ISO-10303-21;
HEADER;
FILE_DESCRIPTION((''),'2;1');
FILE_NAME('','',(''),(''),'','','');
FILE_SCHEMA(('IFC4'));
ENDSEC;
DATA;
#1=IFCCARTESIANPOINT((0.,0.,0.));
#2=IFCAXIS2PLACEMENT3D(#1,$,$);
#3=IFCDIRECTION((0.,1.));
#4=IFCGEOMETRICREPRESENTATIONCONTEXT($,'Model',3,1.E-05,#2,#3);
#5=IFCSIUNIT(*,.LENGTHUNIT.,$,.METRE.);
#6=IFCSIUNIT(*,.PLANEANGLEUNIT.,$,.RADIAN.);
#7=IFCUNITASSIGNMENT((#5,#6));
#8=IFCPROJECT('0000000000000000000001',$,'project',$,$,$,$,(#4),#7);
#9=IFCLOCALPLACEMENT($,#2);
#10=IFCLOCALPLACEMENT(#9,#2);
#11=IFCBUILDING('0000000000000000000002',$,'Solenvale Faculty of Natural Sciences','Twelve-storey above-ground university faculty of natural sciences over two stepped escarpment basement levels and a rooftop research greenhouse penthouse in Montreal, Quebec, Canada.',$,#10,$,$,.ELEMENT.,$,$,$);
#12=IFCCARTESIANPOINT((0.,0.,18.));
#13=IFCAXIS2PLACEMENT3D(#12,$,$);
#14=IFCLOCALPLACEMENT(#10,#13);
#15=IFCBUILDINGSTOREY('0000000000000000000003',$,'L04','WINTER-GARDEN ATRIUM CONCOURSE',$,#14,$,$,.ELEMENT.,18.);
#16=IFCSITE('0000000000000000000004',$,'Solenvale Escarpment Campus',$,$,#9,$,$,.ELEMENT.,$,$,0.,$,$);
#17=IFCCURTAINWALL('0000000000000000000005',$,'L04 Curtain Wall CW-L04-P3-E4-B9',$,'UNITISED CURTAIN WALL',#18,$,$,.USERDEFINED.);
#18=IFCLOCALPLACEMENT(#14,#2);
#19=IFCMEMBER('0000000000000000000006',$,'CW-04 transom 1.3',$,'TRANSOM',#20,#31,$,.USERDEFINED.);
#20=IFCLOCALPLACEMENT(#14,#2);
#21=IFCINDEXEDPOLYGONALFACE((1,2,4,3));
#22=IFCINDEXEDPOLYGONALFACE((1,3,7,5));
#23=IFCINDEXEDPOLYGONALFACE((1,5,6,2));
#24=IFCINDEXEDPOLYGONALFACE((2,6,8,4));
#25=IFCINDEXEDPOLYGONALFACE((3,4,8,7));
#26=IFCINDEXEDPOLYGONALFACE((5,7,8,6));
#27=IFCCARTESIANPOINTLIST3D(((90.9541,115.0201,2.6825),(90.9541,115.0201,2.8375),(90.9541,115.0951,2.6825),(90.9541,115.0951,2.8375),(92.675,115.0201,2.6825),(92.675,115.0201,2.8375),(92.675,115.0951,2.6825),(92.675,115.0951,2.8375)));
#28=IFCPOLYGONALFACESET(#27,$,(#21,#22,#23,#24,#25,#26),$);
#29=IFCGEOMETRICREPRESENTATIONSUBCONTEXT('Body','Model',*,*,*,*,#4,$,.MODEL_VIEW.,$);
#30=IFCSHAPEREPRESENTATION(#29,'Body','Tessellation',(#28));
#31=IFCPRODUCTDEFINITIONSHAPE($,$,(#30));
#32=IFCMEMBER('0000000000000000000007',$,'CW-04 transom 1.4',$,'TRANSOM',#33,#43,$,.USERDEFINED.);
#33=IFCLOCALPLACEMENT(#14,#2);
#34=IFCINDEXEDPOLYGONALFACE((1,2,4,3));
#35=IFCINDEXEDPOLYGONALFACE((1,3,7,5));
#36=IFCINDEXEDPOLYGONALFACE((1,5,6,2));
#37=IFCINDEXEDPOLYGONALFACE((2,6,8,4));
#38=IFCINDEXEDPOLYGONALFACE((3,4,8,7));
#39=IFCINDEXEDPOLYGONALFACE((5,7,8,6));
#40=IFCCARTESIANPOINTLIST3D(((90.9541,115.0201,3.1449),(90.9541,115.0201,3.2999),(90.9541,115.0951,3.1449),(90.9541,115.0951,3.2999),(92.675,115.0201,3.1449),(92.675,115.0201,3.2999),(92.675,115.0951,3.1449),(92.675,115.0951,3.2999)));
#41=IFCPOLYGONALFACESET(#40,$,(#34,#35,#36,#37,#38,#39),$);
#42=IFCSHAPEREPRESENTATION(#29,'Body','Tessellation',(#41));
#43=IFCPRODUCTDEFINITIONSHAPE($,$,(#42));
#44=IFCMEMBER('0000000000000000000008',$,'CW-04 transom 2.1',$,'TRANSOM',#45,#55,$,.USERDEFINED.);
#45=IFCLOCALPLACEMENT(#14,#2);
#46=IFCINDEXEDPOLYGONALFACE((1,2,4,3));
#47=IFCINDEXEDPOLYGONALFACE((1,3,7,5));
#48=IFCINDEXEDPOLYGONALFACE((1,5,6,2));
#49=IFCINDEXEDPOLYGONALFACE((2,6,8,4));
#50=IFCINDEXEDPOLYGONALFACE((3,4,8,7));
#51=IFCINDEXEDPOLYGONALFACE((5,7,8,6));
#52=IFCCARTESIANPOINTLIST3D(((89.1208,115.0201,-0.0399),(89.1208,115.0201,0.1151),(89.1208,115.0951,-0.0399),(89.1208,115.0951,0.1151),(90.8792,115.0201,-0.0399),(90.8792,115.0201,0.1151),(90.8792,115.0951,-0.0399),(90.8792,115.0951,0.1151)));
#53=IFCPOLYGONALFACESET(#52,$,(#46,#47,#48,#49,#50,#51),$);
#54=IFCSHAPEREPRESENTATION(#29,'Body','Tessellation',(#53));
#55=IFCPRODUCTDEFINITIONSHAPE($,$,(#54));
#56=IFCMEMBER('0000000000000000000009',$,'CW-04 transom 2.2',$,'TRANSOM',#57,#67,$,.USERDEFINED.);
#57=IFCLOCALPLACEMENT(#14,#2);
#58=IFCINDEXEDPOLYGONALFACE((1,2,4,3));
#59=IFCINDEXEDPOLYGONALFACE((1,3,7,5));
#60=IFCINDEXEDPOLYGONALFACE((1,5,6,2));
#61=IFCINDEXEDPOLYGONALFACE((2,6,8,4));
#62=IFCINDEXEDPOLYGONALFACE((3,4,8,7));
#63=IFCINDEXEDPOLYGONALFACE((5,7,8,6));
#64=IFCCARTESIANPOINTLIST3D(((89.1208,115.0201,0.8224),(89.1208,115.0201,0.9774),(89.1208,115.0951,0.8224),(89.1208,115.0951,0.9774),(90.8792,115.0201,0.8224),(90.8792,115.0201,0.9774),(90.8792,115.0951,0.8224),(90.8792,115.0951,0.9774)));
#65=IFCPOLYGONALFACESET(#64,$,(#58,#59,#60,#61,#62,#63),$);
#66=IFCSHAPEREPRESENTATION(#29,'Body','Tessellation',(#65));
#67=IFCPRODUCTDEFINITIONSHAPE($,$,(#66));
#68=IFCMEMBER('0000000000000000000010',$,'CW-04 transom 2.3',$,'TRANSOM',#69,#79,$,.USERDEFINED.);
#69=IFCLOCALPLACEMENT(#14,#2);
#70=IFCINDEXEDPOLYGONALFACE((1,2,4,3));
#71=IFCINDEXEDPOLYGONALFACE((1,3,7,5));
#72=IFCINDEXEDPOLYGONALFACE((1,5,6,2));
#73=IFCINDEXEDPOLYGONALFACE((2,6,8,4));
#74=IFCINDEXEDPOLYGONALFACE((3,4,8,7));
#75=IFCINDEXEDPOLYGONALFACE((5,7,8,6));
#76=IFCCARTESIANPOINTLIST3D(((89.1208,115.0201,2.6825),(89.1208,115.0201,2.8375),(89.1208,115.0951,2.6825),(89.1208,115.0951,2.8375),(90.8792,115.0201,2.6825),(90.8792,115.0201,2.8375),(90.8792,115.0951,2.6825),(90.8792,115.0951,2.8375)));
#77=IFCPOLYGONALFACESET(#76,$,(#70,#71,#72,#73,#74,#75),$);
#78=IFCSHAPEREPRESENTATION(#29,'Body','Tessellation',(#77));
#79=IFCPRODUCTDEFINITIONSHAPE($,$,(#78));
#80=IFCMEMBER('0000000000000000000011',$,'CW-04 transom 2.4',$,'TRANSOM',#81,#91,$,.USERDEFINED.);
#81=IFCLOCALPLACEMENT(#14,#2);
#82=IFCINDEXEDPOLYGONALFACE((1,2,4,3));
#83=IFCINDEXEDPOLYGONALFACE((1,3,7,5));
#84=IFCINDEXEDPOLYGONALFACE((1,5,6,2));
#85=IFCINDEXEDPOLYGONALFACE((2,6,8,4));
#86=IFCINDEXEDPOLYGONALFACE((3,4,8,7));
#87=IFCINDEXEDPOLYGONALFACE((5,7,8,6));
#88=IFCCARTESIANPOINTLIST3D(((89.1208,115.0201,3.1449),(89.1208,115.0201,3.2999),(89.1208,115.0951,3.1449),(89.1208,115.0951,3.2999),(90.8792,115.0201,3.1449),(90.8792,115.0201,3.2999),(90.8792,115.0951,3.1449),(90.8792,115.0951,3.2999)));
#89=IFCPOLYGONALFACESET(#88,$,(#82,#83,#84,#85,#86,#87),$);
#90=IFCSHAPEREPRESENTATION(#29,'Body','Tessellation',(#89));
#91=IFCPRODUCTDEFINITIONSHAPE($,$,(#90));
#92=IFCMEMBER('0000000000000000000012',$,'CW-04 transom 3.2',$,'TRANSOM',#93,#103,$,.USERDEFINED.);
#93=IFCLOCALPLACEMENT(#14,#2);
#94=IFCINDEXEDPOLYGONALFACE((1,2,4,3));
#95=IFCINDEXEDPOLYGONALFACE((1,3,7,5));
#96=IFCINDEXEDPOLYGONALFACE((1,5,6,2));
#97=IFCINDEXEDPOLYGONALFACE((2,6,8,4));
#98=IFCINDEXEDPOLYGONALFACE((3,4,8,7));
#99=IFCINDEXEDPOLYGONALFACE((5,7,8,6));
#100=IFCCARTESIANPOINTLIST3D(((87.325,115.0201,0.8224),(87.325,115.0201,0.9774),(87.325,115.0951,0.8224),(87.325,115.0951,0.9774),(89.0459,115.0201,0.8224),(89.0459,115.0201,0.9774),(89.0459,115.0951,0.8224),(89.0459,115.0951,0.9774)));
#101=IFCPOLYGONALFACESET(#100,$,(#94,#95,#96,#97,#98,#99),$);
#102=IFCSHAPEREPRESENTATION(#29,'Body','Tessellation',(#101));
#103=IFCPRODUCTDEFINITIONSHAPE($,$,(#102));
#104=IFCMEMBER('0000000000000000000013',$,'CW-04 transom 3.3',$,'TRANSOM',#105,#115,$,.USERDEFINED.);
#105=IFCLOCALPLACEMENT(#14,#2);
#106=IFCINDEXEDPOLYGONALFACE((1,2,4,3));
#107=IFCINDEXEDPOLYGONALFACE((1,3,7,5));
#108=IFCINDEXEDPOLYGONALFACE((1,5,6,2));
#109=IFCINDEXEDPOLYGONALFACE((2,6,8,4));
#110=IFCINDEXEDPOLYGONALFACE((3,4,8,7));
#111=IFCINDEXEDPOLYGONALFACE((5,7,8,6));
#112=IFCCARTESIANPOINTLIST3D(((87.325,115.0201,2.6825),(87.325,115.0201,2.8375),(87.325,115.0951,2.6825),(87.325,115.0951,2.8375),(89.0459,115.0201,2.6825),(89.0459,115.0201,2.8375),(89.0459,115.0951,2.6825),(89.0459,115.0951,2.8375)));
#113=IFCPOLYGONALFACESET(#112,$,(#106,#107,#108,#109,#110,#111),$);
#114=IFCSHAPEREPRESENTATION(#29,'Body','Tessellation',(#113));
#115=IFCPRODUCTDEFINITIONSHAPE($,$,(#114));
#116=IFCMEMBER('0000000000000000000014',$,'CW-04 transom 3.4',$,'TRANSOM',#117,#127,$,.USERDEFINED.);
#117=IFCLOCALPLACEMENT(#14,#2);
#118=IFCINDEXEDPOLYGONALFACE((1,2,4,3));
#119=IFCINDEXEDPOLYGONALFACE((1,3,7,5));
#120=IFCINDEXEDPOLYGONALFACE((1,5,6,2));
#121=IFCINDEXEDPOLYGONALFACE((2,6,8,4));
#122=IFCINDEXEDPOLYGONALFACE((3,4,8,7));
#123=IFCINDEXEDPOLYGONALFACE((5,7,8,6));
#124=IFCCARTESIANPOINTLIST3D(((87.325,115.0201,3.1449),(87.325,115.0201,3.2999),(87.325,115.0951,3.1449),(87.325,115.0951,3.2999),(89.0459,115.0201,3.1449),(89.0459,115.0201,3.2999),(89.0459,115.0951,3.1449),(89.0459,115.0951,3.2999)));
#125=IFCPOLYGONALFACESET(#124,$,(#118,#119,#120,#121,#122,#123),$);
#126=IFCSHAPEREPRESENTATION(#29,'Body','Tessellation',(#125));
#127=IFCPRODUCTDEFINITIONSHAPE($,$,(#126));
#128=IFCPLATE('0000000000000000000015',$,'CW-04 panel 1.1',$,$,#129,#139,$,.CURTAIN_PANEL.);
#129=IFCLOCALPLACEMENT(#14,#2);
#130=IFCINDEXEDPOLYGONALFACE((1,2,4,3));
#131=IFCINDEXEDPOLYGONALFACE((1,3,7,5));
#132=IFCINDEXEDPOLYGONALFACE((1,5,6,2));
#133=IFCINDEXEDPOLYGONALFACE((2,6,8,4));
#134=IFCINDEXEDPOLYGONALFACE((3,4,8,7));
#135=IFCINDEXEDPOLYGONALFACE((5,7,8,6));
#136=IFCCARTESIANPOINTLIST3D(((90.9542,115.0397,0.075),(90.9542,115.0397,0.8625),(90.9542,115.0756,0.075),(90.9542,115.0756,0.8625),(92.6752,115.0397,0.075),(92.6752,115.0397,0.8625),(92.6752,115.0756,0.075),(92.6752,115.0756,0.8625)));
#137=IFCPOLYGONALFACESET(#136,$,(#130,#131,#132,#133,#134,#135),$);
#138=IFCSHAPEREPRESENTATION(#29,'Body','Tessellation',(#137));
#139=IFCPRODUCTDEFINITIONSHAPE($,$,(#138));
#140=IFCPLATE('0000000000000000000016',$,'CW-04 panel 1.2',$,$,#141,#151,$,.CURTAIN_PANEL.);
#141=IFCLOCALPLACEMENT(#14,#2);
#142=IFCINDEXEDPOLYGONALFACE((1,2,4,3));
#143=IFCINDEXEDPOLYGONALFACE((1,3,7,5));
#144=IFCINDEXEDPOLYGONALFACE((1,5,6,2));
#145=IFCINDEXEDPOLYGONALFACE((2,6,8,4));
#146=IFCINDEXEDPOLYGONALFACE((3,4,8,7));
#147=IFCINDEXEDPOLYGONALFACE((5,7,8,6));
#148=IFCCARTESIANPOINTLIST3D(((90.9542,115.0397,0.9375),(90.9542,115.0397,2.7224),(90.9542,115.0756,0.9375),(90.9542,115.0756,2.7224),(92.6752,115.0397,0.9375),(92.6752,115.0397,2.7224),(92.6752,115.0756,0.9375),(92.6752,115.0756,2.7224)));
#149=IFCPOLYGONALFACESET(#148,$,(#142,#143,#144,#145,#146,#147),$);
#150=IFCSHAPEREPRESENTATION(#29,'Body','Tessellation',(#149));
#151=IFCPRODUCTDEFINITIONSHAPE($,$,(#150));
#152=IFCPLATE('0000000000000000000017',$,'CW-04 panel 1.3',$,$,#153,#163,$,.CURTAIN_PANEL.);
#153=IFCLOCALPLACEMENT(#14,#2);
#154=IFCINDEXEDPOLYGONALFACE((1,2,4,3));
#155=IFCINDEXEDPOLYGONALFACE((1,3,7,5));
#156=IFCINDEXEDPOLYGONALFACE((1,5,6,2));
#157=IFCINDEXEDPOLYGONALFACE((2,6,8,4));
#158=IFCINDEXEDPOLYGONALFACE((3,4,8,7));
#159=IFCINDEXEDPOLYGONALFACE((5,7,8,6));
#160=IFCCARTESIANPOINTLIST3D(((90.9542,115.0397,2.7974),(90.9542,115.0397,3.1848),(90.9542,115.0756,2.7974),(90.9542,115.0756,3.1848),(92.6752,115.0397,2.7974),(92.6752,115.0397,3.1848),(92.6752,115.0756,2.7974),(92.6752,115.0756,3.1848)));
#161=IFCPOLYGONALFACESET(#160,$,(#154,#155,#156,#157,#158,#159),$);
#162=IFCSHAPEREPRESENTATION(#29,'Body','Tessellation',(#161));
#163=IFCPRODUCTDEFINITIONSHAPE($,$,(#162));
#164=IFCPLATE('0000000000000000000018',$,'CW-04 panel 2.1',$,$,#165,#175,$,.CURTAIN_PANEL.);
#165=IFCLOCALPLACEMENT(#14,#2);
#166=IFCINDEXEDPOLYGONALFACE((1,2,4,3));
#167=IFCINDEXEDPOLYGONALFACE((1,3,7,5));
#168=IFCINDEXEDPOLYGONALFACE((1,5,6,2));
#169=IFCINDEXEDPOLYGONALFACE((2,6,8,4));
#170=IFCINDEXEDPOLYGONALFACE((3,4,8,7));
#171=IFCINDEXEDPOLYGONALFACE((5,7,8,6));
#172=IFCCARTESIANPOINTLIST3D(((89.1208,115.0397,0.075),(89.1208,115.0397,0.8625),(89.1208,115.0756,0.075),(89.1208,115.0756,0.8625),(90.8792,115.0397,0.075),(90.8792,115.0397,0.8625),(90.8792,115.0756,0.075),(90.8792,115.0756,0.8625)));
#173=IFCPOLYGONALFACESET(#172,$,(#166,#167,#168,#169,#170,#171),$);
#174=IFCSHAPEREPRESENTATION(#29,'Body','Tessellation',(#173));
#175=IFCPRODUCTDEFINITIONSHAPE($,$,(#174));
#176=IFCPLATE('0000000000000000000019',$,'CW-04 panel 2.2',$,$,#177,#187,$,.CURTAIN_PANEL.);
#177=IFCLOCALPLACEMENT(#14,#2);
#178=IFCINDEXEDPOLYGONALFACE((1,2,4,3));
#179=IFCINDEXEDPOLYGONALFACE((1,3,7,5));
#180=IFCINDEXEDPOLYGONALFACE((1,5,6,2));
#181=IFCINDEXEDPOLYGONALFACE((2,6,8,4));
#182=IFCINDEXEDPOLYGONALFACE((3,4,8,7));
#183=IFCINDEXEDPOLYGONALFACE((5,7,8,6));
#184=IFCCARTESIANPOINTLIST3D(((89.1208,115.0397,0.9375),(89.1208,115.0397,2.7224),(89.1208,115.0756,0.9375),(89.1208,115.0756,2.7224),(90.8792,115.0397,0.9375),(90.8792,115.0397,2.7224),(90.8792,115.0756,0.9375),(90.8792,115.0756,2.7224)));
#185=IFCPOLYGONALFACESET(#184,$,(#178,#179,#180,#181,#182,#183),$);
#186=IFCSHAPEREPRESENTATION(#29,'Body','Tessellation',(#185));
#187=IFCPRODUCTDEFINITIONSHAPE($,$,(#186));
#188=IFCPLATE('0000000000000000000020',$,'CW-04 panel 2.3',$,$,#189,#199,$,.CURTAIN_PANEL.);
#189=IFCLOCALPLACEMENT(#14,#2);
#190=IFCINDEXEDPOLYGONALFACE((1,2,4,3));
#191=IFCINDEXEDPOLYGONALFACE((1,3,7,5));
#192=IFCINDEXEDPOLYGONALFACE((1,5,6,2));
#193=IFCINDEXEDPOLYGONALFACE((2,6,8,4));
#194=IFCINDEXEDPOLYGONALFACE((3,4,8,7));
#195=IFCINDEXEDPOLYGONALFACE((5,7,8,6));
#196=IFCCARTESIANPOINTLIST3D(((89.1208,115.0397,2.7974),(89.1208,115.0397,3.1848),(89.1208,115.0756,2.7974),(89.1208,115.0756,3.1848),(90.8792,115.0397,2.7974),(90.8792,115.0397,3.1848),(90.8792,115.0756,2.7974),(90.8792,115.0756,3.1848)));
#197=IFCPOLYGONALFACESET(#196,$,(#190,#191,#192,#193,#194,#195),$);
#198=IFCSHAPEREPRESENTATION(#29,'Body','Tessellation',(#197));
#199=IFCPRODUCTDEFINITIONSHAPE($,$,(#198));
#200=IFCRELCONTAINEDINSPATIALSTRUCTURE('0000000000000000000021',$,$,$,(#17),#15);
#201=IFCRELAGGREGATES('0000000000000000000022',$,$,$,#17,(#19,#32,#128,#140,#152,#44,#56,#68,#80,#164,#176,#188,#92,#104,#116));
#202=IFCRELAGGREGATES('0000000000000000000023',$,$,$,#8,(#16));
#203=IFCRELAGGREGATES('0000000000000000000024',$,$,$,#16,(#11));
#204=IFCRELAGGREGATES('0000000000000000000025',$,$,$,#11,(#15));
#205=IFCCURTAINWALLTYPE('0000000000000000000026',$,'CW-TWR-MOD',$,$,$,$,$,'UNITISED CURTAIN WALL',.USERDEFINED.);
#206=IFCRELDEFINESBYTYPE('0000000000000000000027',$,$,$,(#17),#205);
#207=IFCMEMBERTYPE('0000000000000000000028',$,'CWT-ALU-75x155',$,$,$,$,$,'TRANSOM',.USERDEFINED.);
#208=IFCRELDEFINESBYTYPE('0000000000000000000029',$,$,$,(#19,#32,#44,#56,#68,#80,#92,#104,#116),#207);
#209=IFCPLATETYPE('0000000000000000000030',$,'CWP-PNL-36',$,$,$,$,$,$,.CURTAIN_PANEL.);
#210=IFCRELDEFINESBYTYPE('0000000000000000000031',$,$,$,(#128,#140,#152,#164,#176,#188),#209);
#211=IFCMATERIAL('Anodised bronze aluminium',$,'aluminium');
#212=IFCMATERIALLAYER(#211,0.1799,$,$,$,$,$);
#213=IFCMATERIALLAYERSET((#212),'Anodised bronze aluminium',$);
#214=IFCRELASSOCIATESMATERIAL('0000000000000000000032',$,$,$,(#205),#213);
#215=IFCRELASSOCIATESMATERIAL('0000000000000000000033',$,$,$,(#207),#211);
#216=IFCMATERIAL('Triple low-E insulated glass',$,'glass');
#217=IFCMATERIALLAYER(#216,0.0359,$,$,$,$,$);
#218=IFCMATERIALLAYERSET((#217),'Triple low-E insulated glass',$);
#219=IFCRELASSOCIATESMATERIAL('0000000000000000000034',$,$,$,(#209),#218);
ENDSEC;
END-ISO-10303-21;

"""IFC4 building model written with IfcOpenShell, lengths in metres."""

from ifc_helpers import new_model, si_unit, direction, frame, origin, origin_2d, place, context, subcontext, project, spatial, rectangle, extrude, material, layer, layer_set, material_profile, profile_set, type_object, element, aggregate, save


model = new_model("IFC4")

# Units and contexts
model_context = context("Model", 3, precision=1e-05, world=origin(), true_north=direction((0.0, 1.0)))
body_context = subcontext(model_context, "Body", "Model", "MODEL_VIEW")
ifc_project = project(units=[si_unit("LENGTHUNIT", "METRE"), si_unit("PLANEANGLEUNIT", "RADIAN")], contexts=[model_context])

# Site, building, storey
site_placement = place(None, origin())
site = spatial("IfcSite", under=ifc_project, at=site_placement, Name="Solenvale Escarpment Campus", CompositionType="ELEMENT", RefElevation=0.0)
building_placement = place(site_placement, origin())
building = spatial("IfcBuilding", under=site, at=building_placement, Name="Solenvale Faculty of Natural Sciences", Description="Twelve-storey above-ground university faculty of natural sciences over two stepped escarpment basement levels and a rooftop research greenhouse penthouse in Montreal, Quebec, Canada.", CompositionType="ELEMENT")
storey_placement = place(building_placement, frame((0.0, 0.0, 18.0)))
storey = spatial("IfcBuildingStorey", under=building, at=storey_placement, Name="L04", Description="WINTER-GARDEN ATRIUM CONCOURSE", CompositionType="ELEMENT", Elevation=18.0)

# Curtain wall, members, plates
ifc_material_1 = material(Name="Anodised bronze aluminium", Category="aluminium")
ifc_layer_1 = layer(ifc_material_1, 0.1799)
ifc_layer_set_1 = layer_set([ifc_layer_1], Name="Anodised bronze aluminium")
curtain_wall_type = type_object("IfcCurtainWallType", Name="CW-TWR-MOD", ElementType="UNITISED CURTAIN WALL", PredefinedType="USERDEFINED", material=ifc_layer_set_1)
curtain_wall_placement = place(storey_placement, origin())
curtain_wall = element("IfcCurtainWall", 1, at=curtain_wall_placement, inside=storey, type_object=curtain_wall_type, Name="L04 Curtain Wall CW-L04-P3-E4-B9", ObjectType="UNITISED CURTAIN WALL", PredefinedType="USERDEFINED")
ifc_material_profile_1 = material_profile(ifc_material_1, rectangle(XDim=0.075, YDim=0.155, at=origin_2d()), Name="ALU-TRN-75x155")
ifc_profile_set_1 = profile_set([ifc_material_profile_1], Name="Anodised bronze aluminium")
member_type_1 = type_object("IfcMemberType", Name="CWT-ALU-75x155", ElementType="TRANSOM", PredefinedType="USERDEFINED", material=ifc_profile_set_1)
member_1_placement = place(storey_placement, frame((92.675, 115.0576, 2.76), z_axis=(-1.0, 0.0, 0.0), x_axis=(0.0, -1.0, 0.0)))
member_1 = element("IfcMember", 2, at=member_1_placement, type_object=member_type_1, Name="CW-04 transom 1.3", ObjectType="TRANSOM", PredefinedType="USERDEFINED", context=body_context, shape_type="SweptSolid", body=[
    extrude(rectangle(XDim=0.075, YDim=0.155, at=origin_2d()), origin(), (0.0, 0.0, 1.0), 1.7209),
])
member_2_placement = place(storey_placement, frame((92.675, 115.0576, 3.2224), z_axis=(-1.0, 0.0, 0.0), x_axis=(0.0, -1.0, 0.0)))
member_2 = element("IfcMember", 3, at=member_2_placement, type_object=member_type_1, Name="CW-04 transom 1.4", ObjectType="TRANSOM", PredefinedType="USERDEFINED", context=body_context, shape_type="SweptSolid", body=[
    extrude(rectangle(XDim=0.075, YDim=0.155, at=origin_2d()), origin(), (0.0, 0.0, 1.0), 1.7209),
])
member_3_placement = place(storey_placement, frame((90.8792, 115.0576, 0.0376), z_axis=(-1.0, 0.0, 0.0), x_axis=(0.0, -1.0, 0.0)))
member_3 = element("IfcMember", 4, at=member_3_placement, type_object=member_type_1, Name="CW-04 transom 2.1", ObjectType="TRANSOM", PredefinedType="USERDEFINED", context=body_context, shape_type="SweptSolid", body=[
    extrude(rectangle(XDim=0.075, YDim=0.155, at=origin_2d()), origin(), (0.0, 0.0, 1.0), 1.7583),
])
member_4_placement = place(storey_placement, frame((90.8792, 115.0576, 0.8999), z_axis=(-1.0, 0.0, 0.0), x_axis=(0.0, -1.0, 0.0)))
member_4 = element("IfcMember", 5, at=member_4_placement, type_object=member_type_1, Name="CW-04 transom 2.2", ObjectType="TRANSOM", PredefinedType="USERDEFINED", context=body_context, shape_type="SweptSolid", body=[
    extrude(rectangle(XDim=0.075, YDim=0.155, at=origin_2d()), origin(), (0.0, 0.0, 1.0), 1.7583),
])
member_5_placement = place(storey_placement, frame((90.8792, 115.0576, 2.76), z_axis=(-1.0, 0.0, 0.0), x_axis=(0.0, -1.0, 0.0)))
member_5 = element("IfcMember", 6, at=member_5_placement, type_object=member_type_1, Name="CW-04 transom 2.3", ObjectType="TRANSOM", PredefinedType="USERDEFINED", context=body_context, shape_type="SweptSolid", body=[
    extrude(rectangle(XDim=0.075, YDim=0.155, at=origin_2d()), origin(), (0.0, 0.0, 1.0), 1.7583),
])
member_6_placement = place(storey_placement, frame((90.8792, 115.0576, 3.2224), z_axis=(-1.0, 0.0, 0.0), x_axis=(0.0, -1.0, 0.0)))
member_6 = element("IfcMember", 7, at=member_6_placement, type_object=member_type_1, Name="CW-04 transom 2.4", ObjectType="TRANSOM", PredefinedType="USERDEFINED", context=body_context, shape_type="SweptSolid", body=[
    extrude(rectangle(XDim=0.075, YDim=0.155, at=origin_2d()), origin(), (0.0, 0.0, 1.0), 1.7583),
])
member_7_placement = place(storey_placement, frame((89.0459, 115.0576, 0.8999), z_axis=(-1.0, 0.0, 0.0), x_axis=(0.0, -1.0, 0.0)))
member_7 = element("IfcMember", 8, at=member_7_placement, type_object=member_type_1, Name="CW-04 transom 3.2", ObjectType="TRANSOM", PredefinedType="USERDEFINED", context=body_context, shape_type="SweptSolid", body=[
    extrude(rectangle(XDim=0.075, YDim=0.155, at=origin_2d()), origin(), (0.0, 0.0, 1.0), 1.7209),
])
member_8_placement = place(storey_placement, frame((89.0459, 115.0576, 2.76), z_axis=(-1.0, 0.0, 0.0), x_axis=(0.0, -1.0, 0.0)))
member_8 = element("IfcMember", 9, at=member_8_placement, type_object=member_type_1, Name="CW-04 transom 3.3", ObjectType="TRANSOM", PredefinedType="USERDEFINED", context=body_context, shape_type="SweptSolid", body=[
    extrude(rectangle(XDim=0.075, YDim=0.155, at=origin_2d()), origin(), (0.0, 0.0, 1.0), 1.7209),
])
member_9_placement = place(storey_placement, frame((89.0459, 115.0576, 3.2224), z_axis=(-1.0, 0.0, 0.0), x_axis=(0.0, -1.0, 0.0)))
member_9 = element("IfcMember", 10, at=member_9_placement, type_object=member_type_1, Name="CW-04 transom 3.4", ObjectType="TRANSOM", PredefinedType="USERDEFINED", context=body_context, shape_type="SweptSolid", body=[
    extrude(rectangle(XDim=0.075, YDim=0.155, at=origin_2d()), origin(), (0.0, 0.0, 1.0), 1.7209),
])
ifc_material_2 = material(Name="Triple low-E insulated glass", Category="glass")
ifc_layer_2 = layer(ifc_material_2, 0.0359)
ifc_layer_set_2 = layer_set([ifc_layer_2], Name="Triple low-E insulated glass")
plate_type = type_object("IfcPlateType", Name="CWP-PNL-36", PredefinedType="CURTAIN_PANEL", material=ifc_layer_set_2)
plate_1_placement = place(storey_placement, frame((91.8147, 115.0576, 0.075), z_axis=(0.0, 0.0, 1.0), x_axis=(-1.0, 0.0, 0.0)))
plate_1 = element("IfcPlate", 11, at=plate_1_placement, type_object=plate_type, Name="CW-04 panel 1.1", PredefinedType="CURTAIN_PANEL", context=body_context, shape_type="SweptSolid", body=[
    extrude(rectangle(XDim=1.7209, YDim=0.0359, at=origin_2d()), origin(), (0.0, 0.0, 1.0), 0.7876),
])
plate_2_placement = place(storey_placement, frame((91.8147, 115.0576, 0.9375), z_axis=(0.0, 0.0, 1.0), x_axis=(-1.0, 0.0, 0.0)))
plate_2 = element("IfcPlate", 12, at=plate_2_placement, type_object=plate_type, Name="CW-04 panel 1.2", PredefinedType="CURTAIN_PANEL", context=body_context, shape_type="SweptSolid", body=[
    extrude(rectangle(XDim=1.7209, YDim=0.0359, at=origin_2d()), origin(), (0.0, 0.0, 1.0), 1.7849),
])
plate_3_placement = place(storey_placement, frame((91.8147, 115.0576, 2.7974), z_axis=(0.0, 0.0, 1.0), x_axis=(-1.0, 0.0, 0.0)))
plate_3 = element("IfcPlate", 13, at=plate_3_placement, type_object=plate_type, Name="CW-04 panel 1.3", PredefinedType="CURTAIN_PANEL", context=body_context, shape_type="SweptSolid", body=[
    extrude(rectangle(XDim=1.7209, YDim=0.0359, at=origin_2d()), origin(), (0.0, 0.0, 1.0), 0.3875),
])
plate_4_placement = place(storey_placement, frame((90.0, 115.0576, 0.075), z_axis=(0.0, 0.0, 1.0), x_axis=(-1.0, 0.0, 0.0)))
plate_4 = element("IfcPlate", 14, at=plate_4_placement, type_object=plate_type, Name="CW-04 panel 2.1", PredefinedType="CURTAIN_PANEL", context=body_context, shape_type="SweptSolid", body=[
    extrude(rectangle(XDim=1.7583, YDim=0.0359, at=origin_2d()), origin(), (0.0, 0.0, 1.0), 0.7876),
])
plate_5_placement = place(storey_placement, frame((90.0, 115.0576, 0.9375), z_axis=(0.0, 0.0, 1.0), x_axis=(-1.0, 0.0, 0.0)))
plate_5 = element("IfcPlate", 15, at=plate_5_placement, type_object=plate_type, Name="CW-04 panel 2.2", PredefinedType="CURTAIN_PANEL", context=body_context, shape_type="SweptSolid", body=[
    extrude(rectangle(XDim=1.7583, YDim=0.0359, at=origin_2d()), origin(), (0.0, 0.0, 1.0), 1.7849),
])
plate_6_placement = place(storey_placement, frame((90.0, 115.0576, 2.7974), z_axis=(0.0, 0.0, 1.0), x_axis=(-1.0, 0.0, 0.0)))
plate_6 = element("IfcPlate", 16, at=plate_6_placement, type_object=plate_type, Name="CW-04 panel 2.3", PredefinedType="CURTAIN_PANEL", context=body_context, shape_type="SweptSolid", body=[
    extrude(rectangle(XDim=1.7583, YDim=0.0359, at=origin_2d()), origin(), (0.0, 0.0, 1.0), 0.3875),
])
aggregate(curtain_wall, [member_1, member_2, plate_1, plate_2, plate_3, member_3, member_4, member_5, member_6, plate_4, plate_5, plate_6, member_7, member_8, member_9])

save(model, "model.ifc")
